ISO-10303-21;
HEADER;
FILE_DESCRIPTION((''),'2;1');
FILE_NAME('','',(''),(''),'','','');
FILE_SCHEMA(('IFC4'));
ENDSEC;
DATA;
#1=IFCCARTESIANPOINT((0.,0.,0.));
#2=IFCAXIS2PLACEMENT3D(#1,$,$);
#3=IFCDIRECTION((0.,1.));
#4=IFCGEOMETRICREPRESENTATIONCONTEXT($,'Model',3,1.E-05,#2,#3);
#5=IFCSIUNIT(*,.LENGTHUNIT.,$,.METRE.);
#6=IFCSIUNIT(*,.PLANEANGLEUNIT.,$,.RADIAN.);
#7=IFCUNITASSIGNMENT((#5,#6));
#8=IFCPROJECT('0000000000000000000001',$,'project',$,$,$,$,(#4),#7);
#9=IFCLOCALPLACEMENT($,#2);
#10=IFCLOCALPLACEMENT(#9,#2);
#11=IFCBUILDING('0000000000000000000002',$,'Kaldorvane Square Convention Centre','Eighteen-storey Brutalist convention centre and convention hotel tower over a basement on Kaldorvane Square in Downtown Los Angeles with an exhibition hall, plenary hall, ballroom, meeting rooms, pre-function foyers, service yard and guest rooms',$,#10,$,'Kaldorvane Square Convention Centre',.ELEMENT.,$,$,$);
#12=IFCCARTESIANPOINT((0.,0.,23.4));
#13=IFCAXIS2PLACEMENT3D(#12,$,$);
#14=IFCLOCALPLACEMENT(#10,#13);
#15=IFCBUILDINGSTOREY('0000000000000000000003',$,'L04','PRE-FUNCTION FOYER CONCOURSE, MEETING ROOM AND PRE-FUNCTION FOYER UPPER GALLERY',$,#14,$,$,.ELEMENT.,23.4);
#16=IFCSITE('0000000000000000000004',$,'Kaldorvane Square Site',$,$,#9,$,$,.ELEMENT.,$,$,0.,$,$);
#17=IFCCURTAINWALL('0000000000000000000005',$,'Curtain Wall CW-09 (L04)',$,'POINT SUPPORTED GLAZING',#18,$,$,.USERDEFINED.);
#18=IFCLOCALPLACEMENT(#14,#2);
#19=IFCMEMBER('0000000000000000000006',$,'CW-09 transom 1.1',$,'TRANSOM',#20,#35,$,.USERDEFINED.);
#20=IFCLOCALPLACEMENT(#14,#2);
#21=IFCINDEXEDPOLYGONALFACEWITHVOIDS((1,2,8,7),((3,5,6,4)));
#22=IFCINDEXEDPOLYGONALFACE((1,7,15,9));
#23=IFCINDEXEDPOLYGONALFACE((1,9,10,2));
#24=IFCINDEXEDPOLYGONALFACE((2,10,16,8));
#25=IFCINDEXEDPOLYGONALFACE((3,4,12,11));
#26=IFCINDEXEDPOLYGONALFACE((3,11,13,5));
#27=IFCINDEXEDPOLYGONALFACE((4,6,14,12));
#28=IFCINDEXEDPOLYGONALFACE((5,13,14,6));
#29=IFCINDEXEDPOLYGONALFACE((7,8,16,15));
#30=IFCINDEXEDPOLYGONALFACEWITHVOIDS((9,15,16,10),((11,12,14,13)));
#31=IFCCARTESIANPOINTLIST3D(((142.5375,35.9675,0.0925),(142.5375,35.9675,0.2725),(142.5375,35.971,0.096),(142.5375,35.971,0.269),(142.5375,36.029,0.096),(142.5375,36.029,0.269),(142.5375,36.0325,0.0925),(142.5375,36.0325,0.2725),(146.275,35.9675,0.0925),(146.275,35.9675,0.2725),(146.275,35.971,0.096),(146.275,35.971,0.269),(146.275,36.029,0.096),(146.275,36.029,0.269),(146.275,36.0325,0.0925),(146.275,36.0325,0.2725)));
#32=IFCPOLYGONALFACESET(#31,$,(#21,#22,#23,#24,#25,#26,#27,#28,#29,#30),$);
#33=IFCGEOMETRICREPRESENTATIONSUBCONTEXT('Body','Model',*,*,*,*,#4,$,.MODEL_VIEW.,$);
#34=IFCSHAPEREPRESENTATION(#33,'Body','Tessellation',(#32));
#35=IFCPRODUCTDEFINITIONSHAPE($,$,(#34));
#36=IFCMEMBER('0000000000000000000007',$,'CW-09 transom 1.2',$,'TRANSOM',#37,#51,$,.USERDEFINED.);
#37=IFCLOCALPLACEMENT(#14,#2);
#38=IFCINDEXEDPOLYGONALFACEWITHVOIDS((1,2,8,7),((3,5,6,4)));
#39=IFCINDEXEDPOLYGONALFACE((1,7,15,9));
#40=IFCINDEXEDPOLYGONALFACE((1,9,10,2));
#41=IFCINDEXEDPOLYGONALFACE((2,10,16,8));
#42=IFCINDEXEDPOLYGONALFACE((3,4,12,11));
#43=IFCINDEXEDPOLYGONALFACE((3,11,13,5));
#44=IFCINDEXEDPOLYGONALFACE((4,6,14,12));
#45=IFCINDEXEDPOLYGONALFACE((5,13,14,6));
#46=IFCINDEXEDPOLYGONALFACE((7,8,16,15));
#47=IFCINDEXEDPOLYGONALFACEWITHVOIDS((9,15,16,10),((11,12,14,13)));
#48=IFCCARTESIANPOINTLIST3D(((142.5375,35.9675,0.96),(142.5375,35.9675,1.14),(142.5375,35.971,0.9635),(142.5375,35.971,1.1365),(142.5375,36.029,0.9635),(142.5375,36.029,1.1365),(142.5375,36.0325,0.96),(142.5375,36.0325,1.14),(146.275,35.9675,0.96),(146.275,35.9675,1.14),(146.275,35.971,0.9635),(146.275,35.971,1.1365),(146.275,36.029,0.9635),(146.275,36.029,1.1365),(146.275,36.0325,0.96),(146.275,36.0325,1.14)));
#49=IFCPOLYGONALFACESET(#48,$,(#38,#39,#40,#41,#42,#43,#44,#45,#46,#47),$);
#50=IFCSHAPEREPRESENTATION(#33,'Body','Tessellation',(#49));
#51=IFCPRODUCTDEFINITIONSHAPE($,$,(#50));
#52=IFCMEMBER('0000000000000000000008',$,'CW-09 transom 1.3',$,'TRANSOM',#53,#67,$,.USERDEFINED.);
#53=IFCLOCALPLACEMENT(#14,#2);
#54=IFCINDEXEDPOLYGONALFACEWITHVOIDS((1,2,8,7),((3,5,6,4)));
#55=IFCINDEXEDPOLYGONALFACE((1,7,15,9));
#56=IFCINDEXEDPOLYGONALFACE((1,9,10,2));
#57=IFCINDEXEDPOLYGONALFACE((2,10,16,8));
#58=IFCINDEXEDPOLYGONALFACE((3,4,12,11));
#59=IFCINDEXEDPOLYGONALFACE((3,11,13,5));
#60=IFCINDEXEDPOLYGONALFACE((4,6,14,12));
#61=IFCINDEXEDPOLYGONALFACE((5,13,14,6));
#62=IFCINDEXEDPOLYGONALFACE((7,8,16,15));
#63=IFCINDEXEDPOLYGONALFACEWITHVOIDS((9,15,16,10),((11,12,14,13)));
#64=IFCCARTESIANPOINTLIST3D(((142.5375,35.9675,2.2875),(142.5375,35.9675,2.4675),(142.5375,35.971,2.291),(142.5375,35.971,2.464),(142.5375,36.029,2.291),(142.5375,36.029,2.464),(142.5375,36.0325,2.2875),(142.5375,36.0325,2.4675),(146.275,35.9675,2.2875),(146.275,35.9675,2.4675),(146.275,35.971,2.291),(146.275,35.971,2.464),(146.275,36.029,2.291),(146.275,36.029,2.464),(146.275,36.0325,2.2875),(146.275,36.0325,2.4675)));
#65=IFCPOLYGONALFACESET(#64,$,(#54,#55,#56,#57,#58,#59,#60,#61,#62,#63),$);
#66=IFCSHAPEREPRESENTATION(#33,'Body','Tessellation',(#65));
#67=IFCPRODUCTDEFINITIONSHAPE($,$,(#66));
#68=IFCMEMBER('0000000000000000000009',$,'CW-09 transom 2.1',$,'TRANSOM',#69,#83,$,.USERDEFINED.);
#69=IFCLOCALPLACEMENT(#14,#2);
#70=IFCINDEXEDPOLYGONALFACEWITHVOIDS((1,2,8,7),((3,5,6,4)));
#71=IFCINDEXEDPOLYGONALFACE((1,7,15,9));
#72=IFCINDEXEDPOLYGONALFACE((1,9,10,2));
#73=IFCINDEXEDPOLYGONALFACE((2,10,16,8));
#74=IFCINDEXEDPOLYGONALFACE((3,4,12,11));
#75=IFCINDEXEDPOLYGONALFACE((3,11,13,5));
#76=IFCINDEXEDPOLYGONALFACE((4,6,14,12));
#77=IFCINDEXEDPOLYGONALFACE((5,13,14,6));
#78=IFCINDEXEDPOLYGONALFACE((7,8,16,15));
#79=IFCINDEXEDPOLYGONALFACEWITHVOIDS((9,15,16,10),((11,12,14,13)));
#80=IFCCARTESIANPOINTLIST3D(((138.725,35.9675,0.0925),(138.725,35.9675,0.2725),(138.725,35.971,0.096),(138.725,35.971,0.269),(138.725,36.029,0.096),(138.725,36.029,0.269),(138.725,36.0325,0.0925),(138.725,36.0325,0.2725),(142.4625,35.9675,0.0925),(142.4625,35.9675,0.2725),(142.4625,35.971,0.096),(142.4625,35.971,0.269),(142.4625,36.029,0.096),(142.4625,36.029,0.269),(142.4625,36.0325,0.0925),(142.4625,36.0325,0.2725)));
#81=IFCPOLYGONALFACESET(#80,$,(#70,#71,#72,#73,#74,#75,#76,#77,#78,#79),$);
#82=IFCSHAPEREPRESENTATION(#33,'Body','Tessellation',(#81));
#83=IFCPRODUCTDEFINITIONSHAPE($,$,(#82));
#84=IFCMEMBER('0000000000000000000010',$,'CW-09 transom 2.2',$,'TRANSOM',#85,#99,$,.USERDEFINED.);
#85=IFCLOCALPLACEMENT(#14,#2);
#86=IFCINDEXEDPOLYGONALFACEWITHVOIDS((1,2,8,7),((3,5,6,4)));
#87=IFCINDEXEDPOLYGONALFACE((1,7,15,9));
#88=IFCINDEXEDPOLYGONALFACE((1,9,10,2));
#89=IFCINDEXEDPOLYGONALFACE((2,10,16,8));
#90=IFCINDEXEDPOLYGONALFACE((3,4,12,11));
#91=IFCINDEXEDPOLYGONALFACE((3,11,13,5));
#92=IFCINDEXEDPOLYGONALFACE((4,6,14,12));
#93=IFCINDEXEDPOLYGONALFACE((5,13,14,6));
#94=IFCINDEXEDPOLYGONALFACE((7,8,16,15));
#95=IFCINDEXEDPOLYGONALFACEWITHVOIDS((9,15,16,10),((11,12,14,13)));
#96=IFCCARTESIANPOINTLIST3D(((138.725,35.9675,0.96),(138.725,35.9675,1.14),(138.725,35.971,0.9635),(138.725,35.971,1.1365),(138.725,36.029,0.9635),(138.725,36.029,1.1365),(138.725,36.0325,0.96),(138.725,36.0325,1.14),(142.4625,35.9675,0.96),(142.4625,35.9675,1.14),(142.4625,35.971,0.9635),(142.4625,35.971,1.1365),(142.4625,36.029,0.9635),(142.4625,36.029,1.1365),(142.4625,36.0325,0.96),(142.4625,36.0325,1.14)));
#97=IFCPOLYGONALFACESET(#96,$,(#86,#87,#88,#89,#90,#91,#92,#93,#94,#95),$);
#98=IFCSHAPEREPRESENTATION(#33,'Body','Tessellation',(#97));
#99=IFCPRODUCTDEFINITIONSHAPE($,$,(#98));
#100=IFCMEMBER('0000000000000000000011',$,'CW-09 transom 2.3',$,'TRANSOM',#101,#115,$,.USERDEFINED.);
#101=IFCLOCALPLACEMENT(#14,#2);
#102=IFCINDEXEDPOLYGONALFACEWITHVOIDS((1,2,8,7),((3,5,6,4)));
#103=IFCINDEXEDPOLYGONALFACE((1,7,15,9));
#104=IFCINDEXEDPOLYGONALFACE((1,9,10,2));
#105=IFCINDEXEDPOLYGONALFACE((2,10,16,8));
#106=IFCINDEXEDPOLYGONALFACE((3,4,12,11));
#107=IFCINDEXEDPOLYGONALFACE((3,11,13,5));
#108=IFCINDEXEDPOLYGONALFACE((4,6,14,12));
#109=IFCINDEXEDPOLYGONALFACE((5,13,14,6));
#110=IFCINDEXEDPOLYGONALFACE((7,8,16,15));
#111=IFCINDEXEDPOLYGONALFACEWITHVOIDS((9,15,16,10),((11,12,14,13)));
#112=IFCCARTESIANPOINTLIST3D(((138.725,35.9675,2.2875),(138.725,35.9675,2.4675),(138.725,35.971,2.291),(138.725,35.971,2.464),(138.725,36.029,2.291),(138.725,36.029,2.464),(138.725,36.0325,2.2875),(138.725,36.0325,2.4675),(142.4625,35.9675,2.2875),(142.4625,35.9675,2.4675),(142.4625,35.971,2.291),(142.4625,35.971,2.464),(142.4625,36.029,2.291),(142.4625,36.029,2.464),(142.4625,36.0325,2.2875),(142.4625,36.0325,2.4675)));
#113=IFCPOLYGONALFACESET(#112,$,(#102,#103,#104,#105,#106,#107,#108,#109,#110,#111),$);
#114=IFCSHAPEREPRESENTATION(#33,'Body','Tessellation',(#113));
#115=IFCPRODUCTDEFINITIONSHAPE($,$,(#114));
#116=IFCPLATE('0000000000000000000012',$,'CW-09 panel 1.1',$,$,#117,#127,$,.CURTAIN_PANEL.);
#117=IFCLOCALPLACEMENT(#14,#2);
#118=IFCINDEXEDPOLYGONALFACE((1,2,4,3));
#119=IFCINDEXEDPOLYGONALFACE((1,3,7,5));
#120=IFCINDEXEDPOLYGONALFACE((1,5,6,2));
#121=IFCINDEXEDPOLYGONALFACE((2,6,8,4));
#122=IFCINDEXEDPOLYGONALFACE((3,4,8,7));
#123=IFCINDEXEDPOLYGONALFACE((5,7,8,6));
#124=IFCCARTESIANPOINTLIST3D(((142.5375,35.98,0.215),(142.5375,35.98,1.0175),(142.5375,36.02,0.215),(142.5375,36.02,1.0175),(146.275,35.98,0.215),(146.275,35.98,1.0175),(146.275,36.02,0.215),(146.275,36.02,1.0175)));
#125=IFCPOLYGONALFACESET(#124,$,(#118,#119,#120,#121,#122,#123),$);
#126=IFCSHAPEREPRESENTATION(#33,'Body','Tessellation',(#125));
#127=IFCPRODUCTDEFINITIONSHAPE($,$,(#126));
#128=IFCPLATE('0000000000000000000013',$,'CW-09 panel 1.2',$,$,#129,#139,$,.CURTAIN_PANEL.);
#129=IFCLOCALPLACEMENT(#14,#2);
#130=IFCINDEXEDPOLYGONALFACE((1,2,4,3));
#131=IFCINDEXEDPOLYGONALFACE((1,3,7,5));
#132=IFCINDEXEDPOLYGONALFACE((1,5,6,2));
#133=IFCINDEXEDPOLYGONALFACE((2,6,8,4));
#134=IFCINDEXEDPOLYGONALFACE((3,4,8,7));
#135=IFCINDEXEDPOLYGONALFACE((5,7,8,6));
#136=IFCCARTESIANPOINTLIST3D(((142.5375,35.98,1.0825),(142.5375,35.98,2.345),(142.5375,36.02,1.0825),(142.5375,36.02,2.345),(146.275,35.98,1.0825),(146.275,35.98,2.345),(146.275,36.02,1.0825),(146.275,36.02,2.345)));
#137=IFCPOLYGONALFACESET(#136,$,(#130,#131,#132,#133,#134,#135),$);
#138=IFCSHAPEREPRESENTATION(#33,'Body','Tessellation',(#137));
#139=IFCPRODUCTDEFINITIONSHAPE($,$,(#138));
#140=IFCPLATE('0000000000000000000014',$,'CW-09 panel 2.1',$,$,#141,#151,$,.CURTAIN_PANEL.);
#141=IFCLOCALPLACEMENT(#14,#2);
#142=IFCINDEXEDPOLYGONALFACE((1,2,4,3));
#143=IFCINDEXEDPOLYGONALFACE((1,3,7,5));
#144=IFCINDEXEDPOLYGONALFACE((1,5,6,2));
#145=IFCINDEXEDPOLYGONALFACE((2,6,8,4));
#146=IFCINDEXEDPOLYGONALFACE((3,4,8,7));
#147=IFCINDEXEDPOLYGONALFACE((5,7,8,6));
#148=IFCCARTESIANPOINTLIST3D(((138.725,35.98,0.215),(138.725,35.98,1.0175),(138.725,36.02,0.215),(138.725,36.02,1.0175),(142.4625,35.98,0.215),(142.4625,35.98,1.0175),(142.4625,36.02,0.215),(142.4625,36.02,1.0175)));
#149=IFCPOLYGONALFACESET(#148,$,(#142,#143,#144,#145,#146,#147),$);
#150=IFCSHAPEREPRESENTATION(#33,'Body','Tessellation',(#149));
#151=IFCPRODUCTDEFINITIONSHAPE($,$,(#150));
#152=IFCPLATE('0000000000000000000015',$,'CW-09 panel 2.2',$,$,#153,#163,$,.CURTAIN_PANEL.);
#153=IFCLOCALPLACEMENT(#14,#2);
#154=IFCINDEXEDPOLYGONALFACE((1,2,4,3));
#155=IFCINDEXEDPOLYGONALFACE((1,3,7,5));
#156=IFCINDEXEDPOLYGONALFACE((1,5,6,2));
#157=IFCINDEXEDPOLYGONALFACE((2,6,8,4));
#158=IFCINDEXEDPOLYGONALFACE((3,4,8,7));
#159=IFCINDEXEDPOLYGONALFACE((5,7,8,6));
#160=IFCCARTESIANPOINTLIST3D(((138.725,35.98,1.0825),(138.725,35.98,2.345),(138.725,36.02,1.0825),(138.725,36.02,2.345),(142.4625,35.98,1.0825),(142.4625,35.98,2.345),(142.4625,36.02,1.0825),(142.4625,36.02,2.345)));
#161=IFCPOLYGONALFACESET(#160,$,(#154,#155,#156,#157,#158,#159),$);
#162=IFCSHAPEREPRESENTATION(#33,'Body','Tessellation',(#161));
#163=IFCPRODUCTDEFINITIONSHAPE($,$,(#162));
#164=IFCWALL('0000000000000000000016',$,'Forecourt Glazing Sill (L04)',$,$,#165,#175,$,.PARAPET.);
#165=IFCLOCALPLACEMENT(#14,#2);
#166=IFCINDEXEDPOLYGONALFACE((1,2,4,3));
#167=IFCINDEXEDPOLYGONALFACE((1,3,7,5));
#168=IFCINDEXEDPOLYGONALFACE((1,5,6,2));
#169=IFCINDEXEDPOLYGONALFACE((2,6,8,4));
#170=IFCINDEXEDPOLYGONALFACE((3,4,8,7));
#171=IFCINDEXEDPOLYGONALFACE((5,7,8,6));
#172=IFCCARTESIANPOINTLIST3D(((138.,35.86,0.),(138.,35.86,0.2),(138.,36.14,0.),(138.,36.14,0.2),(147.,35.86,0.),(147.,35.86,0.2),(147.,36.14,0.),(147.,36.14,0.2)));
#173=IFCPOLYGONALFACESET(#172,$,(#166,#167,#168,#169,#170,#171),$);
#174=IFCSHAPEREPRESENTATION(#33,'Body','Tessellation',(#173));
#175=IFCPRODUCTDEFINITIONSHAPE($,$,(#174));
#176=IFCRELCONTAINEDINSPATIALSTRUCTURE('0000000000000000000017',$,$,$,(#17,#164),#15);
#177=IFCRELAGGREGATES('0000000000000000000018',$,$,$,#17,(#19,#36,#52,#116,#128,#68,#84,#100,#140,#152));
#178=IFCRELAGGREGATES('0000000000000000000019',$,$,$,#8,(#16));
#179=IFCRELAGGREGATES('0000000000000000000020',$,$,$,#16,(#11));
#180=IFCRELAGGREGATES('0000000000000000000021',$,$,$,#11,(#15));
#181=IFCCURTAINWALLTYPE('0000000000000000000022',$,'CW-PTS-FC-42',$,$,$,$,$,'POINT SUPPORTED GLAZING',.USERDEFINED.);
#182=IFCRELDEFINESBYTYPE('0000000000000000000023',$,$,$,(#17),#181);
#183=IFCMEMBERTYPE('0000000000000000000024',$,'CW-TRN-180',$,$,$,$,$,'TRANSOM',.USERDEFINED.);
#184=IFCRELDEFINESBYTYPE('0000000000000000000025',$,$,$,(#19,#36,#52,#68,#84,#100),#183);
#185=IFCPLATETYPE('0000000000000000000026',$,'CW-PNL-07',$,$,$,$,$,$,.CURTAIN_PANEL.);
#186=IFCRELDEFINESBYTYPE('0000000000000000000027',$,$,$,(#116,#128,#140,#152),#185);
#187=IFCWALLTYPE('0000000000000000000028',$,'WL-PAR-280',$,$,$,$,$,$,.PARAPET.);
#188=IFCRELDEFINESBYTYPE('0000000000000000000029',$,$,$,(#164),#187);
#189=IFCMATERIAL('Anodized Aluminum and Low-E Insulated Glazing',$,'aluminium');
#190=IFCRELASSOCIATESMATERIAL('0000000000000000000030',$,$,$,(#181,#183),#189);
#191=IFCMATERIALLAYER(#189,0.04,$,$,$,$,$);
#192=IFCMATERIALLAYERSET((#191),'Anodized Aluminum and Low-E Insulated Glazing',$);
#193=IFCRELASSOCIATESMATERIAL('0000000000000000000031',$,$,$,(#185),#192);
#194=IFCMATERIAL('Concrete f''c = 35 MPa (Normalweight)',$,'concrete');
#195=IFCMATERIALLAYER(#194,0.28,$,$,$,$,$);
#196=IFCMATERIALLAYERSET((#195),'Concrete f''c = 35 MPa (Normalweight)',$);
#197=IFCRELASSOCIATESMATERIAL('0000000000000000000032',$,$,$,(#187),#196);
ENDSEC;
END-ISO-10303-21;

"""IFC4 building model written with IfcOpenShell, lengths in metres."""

from ifc_helpers import new_model, si_unit, direction, frame, frame_2d, origin, origin_2d, place, context, subcontext, project, spatial, rectangle, hollow_rectangle, extrude, material, layer, layer_set, material_profile, profile_set, type_object, element, aggregate, save


model = new_model("IFC4")

# Units and contexts
model_context = context("Model", 3, precision=1e-05, world=origin(), true_north=direction((0.0, 1.0)))
body_context = subcontext(model_context, "Body", "Model", "MODEL_VIEW")
ifc_project = project(units=[si_unit("LENGTHUNIT", "METRE"), si_unit("PLANEANGLEUNIT", "RADIAN")], contexts=[model_context])

# Site, building, storey
site_placement = place(None, origin())
site = spatial("IfcSite", under=ifc_project, at=site_placement, Name="Kaldorvane Square Site", CompositionType="ELEMENT", RefElevation=0.0)
building_placement = place(site_placement, origin())
building = spatial("IfcBuilding", under=site, at=building_placement, Name="Kaldorvane Square Convention Centre", Description="Eighteen-storey Brutalist convention centre and convention hotel tower over a basement on Kaldorvane Square in Downtown Los Angeles with an exhibition hall, plenary hall, ballroom, meeting rooms, pre-function foyers, service yard and guest rooms", LongName="Kaldorvane Square Convention Centre", CompositionType="ELEMENT")
storey_placement = place(building_placement, frame((0.0, 0.0, 23.4)))
storey = spatial("IfcBuildingStorey", under=building, at=storey_placement, Name="L04", Description="PRE-FUNCTION FOYER CONCOURSE, MEETING ROOM AND PRE-FUNCTION FOYER UPPER GALLERY", CompositionType="ELEMENT", Elevation=23.4)

# Curtain wall, members, plates
ifc_material_1 = material(Name="Anodized Aluminum and Low-E Insulated Glazing", Category="aluminium")
curtain_wall_type = type_object("IfcCurtainWallType", Name="CW-PTS-FC-42", ElementType="POINT SUPPORTED GLAZING", PredefinedType="USERDEFINED", material=ifc_material_1)
curtain_wall_placement = place(storey_placement, origin())
curtain_wall = element("IfcCurtainWall", 1, at=curtain_wall_placement, inside=storey, type_object=curtain_wall_type, Name="Curtain Wall CW-09 (L04)", ObjectType="POINT SUPPORTED GLAZING", PredefinedType="USERDEFINED")
ifc_material_profile_1 = material_profile(ifc_material_1, hollow_rectangle(XDim=0.065, YDim=0.18, WallThickness=0.0035, at=origin_2d()), Name="CWT-180X65")
ifc_profile_set_1 = profile_set([ifc_material_profile_1], Name="Anodized Aluminum and Low-E Insulated Glazing")
member_type_1 = type_object("IfcMemberType", Name="CW-TRN-180", ElementType="TRANSOM", PredefinedType="USERDEFINED", material=ifc_profile_set_1)
member_1_placement = place(storey_placement, frame((146.275, 36.0, 0.1825), z_axis=(-1.0, 0.0, 0.0), x_axis=(0.0, -1.0, 0.0)))
member_1 = element("IfcMember", 2, at=member_1_placement, type_object=member_type_1, Name="CW-09 transom 1.1", ObjectType="TRANSOM", PredefinedType="USERDEFINED", context=body_context, shape_type="SweptSolid", body=[
    extrude(hollow_rectangle(XDim=0.065, YDim=0.18, WallThickness=0.0035, at=origin_2d()), origin(), (0.0, 0.0, 1.0), 3.7375),
])
member_2_placement = place(storey_placement, frame((146.275, 36.0, 1.05), z_axis=(-1.0, 0.0, 0.0), x_axis=(0.0, -1.0, 0.0)))
member_2 = element("IfcMember", 3, at=member_2_placement, type_object=member_type_1, Name="CW-09 transom 1.2", ObjectType="TRANSOM", PredefinedType="USERDEFINED", context=body_context, shape_type="SweptSolid", body=[
    extrude(hollow_rectangle(XDim=0.065, YDim=0.18, WallThickness=0.0035, at=origin_2d()), origin(), (0.0, 0.0, 1.0), 3.7375),
])
member_3_placement = place(storey_placement, frame((146.275, 36.0, 2.3775), z_axis=(-1.0, 0.0, 0.0), x_axis=(0.0, -1.0, 0.0)))
member_3 = element("IfcMember", 4, at=member_3_placement, type_object=member_type_1, Name="CW-09 transom 1.3", ObjectType="TRANSOM", PredefinedType="USERDEFINED", context=body_context, shape_type="SweptSolid", body=[
    extrude(hollow_rectangle(XDim=0.065, YDim=0.18, WallThickness=0.0035, at=origin_2d()), origin(), (0.0, 0.0, 1.0), 3.7375),
])
member_4_placement = place(storey_placement, frame((142.4625, 36.0, 0.1825), z_axis=(-1.0, 0.0, 0.0), x_axis=(0.0, -1.0, 0.0)))
member_4 = element("IfcMember", 5, at=member_4_placement, type_object=member_type_1, Name="CW-09 transom 2.1", ObjectType="TRANSOM", PredefinedType="USERDEFINED", context=body_context, shape_type="SweptSolid", body=[
    extrude(hollow_rectangle(XDim=0.065, YDim=0.18, WallThickness=0.0035, at=origin_2d()), origin(), (0.0, 0.0, 1.0), 3.7375),
])
member_5_placement = place(storey_placement, frame((142.4625, 36.0, 1.05), z_axis=(-1.0, 0.0, 0.0), x_axis=(0.0, -1.0, 0.0)))
member_5 = element("IfcMember", 6, at=member_5_placement, type_object=member_type_1, Name="CW-09 transom 2.2", ObjectType="TRANSOM", PredefinedType="USERDEFINED", context=body_context, shape_type="SweptSolid", body=[
    extrude(hollow_rectangle(XDim=0.065, YDim=0.18, WallThickness=0.0035, at=origin_2d()), origin(), (0.0, 0.0, 1.0), 3.7375),
])
member_6_placement = place(storey_placement, frame((142.4625, 36.0, 2.3775), z_axis=(-1.0, 0.0, 0.0), x_axis=(0.0, -1.0, 0.0)))
member_6 = element("IfcMember", 7, at=member_6_placement, type_object=member_type_1, Name="CW-09 transom 2.3", ObjectType="TRANSOM", PredefinedType="USERDEFINED", context=body_context, shape_type="SweptSolid", body=[
    extrude(hollow_rectangle(XDim=0.065, YDim=0.18, WallThickness=0.0035, at=origin_2d()), origin(), (0.0, 0.0, 1.0), 3.7375),
])
ifc_layer_1 = layer(ifc_material_1, 0.04)
ifc_layer_set_1 = layer_set([ifc_layer_1], Name="Anodized Aluminum and Low-E Insulated Glazing")
plate_type = type_object("IfcPlateType", Name="CW-PNL-07", PredefinedType="CURTAIN_PANEL", material=ifc_layer_set_1)
plate_1_placement = place(storey_placement, frame((144.4062, 36.0, 0.215), z_axis=(0.0, 0.0, 1.0), x_axis=(-1.0, 0.0, 0.0)))
plate_1 = element("IfcPlate", 8, at=plate_1_placement, type_object=plate_type, Name="CW-09 panel 1.1", PredefinedType="CURTAIN_PANEL", context=body_context, shape_type="SweptSolid", body=[
    extrude(rectangle(XDim=3.7375, YDim=0.04, at=origin_2d()), origin(), (0.0, 0.0, 1.0), 0.8025),
])
plate_2_placement = place(storey_placement, frame((144.4062, 36.0, 1.0825), z_axis=(0.0, 0.0, 1.0), x_axis=(-1.0, 0.0, 0.0)))
plate_2 = element("IfcPlate", 9, at=plate_2_placement, type_object=plate_type, Name="CW-09 panel 1.2", PredefinedType="CURTAIN_PANEL", context=body_context, shape_type="SweptSolid", body=[
    extrude(rectangle(XDim=3.7375, YDim=0.04, at=origin_2d()), origin(), (0.0, 0.0, 1.0), 1.2625),
])
plate_3_placement = place(storey_placement, frame((140.5938, 36.0, 0.215), z_axis=(0.0, 0.0, 1.0), x_axis=(-1.0, 0.0, 0.0)))
plate_3 = element("IfcPlate", 10, at=plate_3_placement, type_object=plate_type, Name="CW-09 panel 2.1", PredefinedType="CURTAIN_PANEL", context=body_context, shape_type="SweptSolid", body=[
    extrude(rectangle(XDim=3.7375, YDim=0.04, at=origin_2d()), origin(), (0.0, 0.0, 1.0), 0.8025),
])
plate_4_placement = place(storey_placement, frame((140.5938, 36.0, 1.0825), z_axis=(0.0, 0.0, 1.0), x_axis=(-1.0, 0.0, 0.0)))
plate_4 = element("IfcPlate", 11, at=plate_4_placement, type_object=plate_type, Name="CW-09 panel 2.2", PredefinedType="CURTAIN_PANEL", context=body_context, shape_type="SweptSolid", body=[
    extrude(rectangle(XDim=3.7375, YDim=0.04, at=origin_2d()), origin(), (0.0, 0.0, 1.0), 1.2625),
])
aggregate(curtain_wall, [member_1, member_2, member_3, plate_1, plate_2, member_4, member_5, member_6, plate_3, plate_4])

# Wall
ifc_material_2 = material(Name="Concrete f'c = 35 MPa (Normalweight)", Category="concrete")
ifc_layer_2 = layer(ifc_material_2, 0.28)
ifc_layer_set_2 = layer_set([ifc_layer_2], Name="Concrete f'c = 35 MPa (Normalweight)")
wall_type_1 = type_object("IfcWallType", Name="WL-PAR-280", PredefinedType="PARAPET", material=ifc_layer_set_2)
wall_1_placement = place(storey_placement, frame((147.0, 36.0, 0.0), z_axis=(0.0, 0.0, 1.0), x_axis=(-1.0, 0.0, 0.0)))
element("IfcWall", 12, at=wall_1_placement, inside=storey, type_object=wall_type_1, Name="Forecourt Glazing Sill (L04)", PredefinedType="PARAPET", context=body_context, shape_type="SweptSolid", body=[
    extrude(rectangle(XDim=9.0, YDim=0.28, at=frame_2d((4.5, 0.0))), origin(), (0.0, 0.0, 1.0), 0.2),
])

save(model, "model.ifc")
